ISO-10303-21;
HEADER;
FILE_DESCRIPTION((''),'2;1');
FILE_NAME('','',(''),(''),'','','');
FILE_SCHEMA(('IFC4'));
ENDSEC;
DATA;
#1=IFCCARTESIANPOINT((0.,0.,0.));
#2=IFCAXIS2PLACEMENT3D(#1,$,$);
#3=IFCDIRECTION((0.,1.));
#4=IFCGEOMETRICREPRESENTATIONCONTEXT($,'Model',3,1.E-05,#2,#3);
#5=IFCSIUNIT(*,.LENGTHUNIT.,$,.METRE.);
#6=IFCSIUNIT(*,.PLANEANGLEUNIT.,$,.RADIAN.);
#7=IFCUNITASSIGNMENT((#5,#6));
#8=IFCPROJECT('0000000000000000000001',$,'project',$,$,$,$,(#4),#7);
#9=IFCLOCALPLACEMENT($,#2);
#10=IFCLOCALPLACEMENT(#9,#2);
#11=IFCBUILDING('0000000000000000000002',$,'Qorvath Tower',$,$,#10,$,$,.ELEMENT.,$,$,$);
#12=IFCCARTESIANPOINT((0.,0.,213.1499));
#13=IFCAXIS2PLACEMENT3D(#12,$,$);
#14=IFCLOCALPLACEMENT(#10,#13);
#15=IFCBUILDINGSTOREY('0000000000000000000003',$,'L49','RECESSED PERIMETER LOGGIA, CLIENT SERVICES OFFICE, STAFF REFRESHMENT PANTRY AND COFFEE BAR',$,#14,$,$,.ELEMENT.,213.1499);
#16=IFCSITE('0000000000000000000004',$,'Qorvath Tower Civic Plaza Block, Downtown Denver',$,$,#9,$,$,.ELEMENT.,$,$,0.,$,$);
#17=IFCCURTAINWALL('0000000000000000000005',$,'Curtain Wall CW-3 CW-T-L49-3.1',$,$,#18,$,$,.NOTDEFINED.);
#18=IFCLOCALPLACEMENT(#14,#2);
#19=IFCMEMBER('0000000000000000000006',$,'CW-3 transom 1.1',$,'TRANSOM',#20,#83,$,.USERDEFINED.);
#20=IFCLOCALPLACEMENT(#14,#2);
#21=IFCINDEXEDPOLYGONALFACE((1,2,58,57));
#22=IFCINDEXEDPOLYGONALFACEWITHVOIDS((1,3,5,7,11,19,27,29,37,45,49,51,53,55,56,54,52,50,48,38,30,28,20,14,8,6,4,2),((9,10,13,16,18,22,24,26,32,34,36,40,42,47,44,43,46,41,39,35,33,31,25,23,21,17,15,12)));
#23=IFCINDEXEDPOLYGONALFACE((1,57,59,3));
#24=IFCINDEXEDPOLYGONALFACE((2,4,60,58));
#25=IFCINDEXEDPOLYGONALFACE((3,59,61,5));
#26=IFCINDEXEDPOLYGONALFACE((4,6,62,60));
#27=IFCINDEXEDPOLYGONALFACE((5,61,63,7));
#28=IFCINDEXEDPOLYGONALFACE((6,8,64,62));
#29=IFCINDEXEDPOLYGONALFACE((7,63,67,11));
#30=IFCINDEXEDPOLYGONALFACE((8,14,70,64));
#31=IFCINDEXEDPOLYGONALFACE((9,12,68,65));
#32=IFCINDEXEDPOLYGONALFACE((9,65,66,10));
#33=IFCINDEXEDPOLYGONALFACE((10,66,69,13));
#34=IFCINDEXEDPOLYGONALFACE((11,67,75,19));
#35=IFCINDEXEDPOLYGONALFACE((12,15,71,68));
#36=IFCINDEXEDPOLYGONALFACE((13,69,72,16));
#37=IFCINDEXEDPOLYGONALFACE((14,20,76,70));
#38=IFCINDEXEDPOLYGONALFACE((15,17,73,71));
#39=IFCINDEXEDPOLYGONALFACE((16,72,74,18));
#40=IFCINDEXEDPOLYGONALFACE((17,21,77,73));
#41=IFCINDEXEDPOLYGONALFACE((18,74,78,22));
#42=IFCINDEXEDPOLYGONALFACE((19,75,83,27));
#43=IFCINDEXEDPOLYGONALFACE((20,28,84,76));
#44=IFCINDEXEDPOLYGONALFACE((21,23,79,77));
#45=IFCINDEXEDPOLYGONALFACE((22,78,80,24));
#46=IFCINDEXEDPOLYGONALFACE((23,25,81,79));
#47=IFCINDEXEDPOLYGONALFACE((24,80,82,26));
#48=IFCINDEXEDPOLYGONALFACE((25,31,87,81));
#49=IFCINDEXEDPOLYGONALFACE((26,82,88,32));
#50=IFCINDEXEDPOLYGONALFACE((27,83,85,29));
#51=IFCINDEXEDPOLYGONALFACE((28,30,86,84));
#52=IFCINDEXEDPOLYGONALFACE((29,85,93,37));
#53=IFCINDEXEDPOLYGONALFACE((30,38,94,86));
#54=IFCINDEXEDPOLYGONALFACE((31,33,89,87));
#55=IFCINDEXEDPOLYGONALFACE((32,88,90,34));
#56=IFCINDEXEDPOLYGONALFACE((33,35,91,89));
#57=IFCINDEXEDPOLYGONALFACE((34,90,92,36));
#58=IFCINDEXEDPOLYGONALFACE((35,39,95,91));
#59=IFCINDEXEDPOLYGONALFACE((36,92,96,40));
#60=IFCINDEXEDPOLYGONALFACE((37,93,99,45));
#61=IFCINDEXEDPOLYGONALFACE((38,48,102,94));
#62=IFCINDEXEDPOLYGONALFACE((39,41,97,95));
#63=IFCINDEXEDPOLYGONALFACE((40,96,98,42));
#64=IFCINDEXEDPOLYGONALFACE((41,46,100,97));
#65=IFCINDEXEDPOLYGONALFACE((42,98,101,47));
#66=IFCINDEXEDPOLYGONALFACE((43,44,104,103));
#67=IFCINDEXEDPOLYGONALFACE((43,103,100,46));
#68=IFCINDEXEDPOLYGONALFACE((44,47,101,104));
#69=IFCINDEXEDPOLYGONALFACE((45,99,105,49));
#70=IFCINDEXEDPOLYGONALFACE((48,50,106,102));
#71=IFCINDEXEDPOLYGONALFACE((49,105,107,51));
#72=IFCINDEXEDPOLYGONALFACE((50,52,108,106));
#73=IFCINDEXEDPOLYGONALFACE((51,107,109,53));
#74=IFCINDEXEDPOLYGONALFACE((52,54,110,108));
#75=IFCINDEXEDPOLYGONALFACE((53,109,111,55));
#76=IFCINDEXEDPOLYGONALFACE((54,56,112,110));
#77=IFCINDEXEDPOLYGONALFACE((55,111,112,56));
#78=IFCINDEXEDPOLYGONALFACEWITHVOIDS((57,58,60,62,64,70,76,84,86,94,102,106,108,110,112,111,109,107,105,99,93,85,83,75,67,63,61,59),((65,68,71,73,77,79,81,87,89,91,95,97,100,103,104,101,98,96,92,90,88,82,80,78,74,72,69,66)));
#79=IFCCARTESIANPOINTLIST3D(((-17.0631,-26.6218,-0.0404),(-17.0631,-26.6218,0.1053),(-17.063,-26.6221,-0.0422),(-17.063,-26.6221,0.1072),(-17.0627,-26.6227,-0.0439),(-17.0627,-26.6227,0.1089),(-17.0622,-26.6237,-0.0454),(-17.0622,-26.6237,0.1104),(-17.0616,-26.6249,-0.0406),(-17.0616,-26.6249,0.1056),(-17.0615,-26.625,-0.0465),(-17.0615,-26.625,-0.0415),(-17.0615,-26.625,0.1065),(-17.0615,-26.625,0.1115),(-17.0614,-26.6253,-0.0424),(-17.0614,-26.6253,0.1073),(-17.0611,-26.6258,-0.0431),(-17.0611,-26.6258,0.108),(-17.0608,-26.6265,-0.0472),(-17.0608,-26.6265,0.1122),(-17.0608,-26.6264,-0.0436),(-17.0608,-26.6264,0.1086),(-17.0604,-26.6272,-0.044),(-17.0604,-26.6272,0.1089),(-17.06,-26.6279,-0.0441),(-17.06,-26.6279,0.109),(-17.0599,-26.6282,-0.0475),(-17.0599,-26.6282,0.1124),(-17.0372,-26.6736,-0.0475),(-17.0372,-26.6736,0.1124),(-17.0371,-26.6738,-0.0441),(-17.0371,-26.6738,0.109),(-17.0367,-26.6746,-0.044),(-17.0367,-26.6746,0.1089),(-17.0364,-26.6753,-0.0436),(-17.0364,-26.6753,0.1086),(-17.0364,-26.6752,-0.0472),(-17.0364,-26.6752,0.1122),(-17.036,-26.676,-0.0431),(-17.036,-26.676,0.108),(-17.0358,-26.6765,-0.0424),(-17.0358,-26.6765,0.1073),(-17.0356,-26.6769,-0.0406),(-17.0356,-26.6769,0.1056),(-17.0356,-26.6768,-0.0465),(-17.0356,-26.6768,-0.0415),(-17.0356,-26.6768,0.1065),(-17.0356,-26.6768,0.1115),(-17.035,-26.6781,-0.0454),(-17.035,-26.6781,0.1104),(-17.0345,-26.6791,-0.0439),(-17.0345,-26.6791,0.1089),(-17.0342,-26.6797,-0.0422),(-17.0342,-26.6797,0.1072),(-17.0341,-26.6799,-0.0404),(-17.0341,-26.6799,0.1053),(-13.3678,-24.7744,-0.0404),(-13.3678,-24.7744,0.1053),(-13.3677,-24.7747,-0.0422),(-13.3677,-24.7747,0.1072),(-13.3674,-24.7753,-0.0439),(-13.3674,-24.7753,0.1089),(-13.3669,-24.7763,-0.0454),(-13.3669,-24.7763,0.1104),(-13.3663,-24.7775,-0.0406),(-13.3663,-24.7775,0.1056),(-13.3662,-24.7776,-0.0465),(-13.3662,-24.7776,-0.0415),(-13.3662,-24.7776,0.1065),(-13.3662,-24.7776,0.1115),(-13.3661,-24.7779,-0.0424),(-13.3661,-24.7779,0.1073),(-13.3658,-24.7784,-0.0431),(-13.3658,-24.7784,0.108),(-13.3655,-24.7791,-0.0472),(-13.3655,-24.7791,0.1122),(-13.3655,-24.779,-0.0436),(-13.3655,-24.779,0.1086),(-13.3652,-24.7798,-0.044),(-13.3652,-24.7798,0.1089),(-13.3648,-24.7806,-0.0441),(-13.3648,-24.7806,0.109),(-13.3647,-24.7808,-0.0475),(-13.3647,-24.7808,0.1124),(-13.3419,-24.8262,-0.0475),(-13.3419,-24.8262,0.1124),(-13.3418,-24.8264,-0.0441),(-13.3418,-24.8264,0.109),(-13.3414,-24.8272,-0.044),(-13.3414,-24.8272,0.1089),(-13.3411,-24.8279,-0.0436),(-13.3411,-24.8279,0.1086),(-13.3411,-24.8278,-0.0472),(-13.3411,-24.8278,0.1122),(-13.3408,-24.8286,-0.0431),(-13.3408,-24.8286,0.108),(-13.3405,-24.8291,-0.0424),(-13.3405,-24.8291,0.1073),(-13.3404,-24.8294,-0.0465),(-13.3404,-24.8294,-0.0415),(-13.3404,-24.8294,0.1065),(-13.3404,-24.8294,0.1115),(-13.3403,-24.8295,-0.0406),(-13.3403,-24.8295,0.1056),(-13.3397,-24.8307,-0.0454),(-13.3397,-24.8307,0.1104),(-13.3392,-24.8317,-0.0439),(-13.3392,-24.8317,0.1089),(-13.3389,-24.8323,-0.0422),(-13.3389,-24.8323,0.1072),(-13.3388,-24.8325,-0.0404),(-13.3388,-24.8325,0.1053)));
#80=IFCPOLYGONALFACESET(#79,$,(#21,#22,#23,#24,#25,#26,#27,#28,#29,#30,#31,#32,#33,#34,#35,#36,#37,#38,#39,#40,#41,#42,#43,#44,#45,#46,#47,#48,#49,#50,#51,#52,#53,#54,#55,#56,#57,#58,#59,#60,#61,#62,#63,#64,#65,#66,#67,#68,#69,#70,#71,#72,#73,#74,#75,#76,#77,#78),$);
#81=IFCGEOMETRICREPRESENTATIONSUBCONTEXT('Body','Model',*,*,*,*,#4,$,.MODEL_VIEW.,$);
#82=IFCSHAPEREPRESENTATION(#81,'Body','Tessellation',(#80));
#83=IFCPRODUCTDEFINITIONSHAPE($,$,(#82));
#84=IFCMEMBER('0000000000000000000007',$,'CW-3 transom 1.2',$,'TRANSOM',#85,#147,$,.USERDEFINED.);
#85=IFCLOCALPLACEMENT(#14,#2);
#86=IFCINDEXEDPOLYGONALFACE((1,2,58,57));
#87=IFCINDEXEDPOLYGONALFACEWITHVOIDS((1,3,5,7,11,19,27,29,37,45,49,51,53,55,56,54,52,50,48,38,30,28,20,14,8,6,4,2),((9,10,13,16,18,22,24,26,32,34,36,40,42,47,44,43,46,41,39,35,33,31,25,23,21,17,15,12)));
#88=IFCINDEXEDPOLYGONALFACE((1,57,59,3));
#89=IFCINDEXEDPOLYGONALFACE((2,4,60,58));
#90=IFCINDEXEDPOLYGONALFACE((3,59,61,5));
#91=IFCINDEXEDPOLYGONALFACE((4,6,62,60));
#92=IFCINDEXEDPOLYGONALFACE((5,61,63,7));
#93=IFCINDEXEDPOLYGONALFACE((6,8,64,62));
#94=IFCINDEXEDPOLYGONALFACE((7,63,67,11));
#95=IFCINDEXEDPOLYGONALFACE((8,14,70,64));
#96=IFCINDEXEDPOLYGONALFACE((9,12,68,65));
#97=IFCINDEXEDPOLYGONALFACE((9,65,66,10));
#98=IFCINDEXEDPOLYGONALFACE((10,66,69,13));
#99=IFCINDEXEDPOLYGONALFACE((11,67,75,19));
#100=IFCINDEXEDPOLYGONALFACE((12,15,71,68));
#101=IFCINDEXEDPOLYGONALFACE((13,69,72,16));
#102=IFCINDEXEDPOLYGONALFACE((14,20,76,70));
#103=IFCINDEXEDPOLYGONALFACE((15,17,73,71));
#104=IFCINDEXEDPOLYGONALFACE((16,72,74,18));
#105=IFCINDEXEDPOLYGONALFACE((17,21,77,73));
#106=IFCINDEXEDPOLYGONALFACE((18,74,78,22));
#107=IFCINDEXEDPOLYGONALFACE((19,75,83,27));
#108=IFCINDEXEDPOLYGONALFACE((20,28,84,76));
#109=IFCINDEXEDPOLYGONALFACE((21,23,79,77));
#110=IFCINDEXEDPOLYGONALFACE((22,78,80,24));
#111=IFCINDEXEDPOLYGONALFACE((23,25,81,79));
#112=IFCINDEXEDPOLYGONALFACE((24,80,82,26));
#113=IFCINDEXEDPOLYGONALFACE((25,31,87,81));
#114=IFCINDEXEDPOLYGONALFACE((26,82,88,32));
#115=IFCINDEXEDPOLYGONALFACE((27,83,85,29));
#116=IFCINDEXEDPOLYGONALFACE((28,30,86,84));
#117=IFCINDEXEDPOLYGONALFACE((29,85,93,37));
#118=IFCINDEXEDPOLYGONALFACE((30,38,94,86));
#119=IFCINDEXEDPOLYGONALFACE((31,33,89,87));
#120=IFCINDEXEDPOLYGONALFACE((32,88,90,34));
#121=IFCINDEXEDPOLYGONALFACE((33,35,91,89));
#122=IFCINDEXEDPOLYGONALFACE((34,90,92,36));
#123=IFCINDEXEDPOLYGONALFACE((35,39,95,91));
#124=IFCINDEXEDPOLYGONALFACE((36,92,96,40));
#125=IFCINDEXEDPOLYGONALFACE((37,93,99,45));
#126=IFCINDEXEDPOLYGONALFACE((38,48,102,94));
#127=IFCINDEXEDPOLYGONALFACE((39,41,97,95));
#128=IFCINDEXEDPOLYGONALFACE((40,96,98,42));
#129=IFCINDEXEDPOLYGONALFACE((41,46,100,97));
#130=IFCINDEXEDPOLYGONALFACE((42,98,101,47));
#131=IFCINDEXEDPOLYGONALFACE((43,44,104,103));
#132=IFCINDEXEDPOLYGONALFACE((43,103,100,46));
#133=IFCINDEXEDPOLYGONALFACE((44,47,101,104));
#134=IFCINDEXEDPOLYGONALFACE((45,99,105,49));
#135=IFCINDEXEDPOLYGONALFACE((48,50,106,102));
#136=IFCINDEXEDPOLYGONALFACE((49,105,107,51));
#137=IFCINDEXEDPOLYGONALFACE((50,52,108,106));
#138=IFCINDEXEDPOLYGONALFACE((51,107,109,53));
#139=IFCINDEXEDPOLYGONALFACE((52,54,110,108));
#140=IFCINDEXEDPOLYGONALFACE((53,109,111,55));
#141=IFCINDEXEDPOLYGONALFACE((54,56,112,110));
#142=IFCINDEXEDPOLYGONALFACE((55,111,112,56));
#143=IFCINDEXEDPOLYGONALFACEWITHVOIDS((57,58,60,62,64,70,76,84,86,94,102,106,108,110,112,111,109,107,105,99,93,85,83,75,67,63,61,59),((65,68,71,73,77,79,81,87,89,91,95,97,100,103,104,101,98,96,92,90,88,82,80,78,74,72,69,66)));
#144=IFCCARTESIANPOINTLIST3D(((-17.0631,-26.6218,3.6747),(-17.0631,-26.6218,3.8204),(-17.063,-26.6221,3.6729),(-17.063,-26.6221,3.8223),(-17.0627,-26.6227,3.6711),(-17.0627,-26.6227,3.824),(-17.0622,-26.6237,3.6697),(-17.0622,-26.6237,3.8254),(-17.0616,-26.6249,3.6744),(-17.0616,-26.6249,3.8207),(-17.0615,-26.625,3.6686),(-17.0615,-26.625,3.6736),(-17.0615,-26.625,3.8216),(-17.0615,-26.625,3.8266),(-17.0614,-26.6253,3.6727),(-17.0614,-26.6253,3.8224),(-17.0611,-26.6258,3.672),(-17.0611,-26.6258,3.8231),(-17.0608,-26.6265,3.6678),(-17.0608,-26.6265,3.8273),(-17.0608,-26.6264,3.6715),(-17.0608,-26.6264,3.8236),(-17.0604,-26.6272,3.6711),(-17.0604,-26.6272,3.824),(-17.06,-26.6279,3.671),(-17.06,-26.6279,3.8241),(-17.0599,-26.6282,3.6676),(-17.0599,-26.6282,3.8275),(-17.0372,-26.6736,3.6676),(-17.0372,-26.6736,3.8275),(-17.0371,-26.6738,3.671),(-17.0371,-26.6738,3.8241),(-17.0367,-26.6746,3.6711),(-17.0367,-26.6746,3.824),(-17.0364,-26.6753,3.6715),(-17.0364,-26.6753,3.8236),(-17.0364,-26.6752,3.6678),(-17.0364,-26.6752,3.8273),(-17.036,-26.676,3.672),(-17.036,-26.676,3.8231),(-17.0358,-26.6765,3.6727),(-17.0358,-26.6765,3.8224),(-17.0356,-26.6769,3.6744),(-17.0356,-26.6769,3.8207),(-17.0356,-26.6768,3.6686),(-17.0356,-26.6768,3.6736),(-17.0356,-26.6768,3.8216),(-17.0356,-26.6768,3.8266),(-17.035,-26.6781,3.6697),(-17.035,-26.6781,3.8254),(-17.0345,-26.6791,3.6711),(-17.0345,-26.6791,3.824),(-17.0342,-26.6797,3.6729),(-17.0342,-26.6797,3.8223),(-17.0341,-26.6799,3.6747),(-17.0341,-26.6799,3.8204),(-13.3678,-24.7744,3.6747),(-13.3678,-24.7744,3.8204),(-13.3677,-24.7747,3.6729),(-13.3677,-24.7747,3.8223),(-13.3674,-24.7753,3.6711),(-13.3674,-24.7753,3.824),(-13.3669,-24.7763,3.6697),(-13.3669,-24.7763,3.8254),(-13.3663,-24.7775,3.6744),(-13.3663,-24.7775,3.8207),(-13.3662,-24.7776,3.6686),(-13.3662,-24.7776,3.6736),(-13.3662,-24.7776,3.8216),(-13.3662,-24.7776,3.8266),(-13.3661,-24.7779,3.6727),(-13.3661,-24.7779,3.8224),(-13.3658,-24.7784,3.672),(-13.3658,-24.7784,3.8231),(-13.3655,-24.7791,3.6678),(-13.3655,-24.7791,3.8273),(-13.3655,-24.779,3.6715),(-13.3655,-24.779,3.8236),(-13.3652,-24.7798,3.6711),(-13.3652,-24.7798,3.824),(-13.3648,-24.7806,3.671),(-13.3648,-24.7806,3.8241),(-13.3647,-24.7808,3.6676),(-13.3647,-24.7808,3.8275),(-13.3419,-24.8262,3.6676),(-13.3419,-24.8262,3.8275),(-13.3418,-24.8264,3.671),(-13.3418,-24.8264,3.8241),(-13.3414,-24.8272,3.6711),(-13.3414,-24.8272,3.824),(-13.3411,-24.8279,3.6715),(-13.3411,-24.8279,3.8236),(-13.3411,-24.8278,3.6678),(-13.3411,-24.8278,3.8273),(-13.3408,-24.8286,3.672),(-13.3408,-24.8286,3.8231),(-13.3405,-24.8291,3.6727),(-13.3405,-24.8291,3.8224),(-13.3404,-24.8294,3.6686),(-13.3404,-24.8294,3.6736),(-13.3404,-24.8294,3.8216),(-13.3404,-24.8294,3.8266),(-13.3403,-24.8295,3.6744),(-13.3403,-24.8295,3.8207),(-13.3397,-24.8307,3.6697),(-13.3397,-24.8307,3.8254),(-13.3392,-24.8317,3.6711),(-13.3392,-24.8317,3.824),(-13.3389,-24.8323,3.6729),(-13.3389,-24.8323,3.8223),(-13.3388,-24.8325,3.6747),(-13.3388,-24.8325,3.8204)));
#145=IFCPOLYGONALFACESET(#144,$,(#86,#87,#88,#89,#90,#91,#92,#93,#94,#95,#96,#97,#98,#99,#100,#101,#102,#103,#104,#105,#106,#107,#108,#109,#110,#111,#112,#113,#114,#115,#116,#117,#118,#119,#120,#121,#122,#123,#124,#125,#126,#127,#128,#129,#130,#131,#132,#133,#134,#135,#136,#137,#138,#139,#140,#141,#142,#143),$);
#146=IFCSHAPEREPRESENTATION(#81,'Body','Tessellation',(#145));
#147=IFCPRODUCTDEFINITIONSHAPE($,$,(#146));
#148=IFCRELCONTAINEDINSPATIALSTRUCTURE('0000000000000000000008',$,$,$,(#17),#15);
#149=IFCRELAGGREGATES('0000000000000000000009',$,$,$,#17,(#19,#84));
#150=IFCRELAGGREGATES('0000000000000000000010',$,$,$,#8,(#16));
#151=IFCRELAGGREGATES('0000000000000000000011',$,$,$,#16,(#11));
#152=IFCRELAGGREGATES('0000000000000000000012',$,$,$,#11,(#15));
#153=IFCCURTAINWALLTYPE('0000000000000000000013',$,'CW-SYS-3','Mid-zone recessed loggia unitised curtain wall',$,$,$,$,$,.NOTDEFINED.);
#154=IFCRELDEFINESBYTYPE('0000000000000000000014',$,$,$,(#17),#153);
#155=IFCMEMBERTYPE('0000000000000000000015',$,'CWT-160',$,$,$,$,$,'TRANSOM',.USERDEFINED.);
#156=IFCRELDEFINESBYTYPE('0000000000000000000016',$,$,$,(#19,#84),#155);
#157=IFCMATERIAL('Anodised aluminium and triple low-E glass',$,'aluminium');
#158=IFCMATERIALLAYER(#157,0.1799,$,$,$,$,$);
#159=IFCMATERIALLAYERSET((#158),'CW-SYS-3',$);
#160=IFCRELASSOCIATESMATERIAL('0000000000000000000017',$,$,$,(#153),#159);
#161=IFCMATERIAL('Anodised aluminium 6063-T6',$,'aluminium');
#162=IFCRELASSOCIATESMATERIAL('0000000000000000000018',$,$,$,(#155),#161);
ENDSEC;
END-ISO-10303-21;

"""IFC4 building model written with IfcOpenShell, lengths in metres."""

from ifc_helpers import new_model, si_unit, direction, frame, origin, origin_2d, place, context, subcontext, project, spatial, hollow_rectangle, extrude, material, layer, layer_set, material_profile, profile_set, type_object, element, aggregate, save


model = new_model("IFC4")

# Units and contexts
model_context = context("Model", 3, precision=1e-05, world=origin(), true_north=direction((0.0, 1.0)))
body_context = subcontext(model_context, "Body", "Model", "MODEL_VIEW")
ifc_project = project(units=[si_unit("LENGTHUNIT", "METRE"), si_unit("PLANEANGLEUNIT", "RADIAN")], contexts=[model_context])

# Site, building, storey
site_placement = place(None, origin())
site = spatial("IfcSite", under=ifc_project, at=site_placement, Name="Qorvath Tower Civic Plaza Block, Downtown Denver", CompositionType="ELEMENT", RefElevation=0.0)
building_placement = place(site_placement, origin())
building = spatial("IfcBuilding", under=site, at=building_placement, Name="Qorvath Tower", CompositionType="ELEMENT")
storey_placement = place(building_placement, frame((0.0, 0.0, 213.1499)))
storey = spatial("IfcBuildingStorey", under=building, at=storey_placement, Name="L49", Description="RECESSED PERIMETER LOGGIA, CLIENT SERVICES OFFICE, STAFF REFRESHMENT PANTRY AND COFFEE BAR", CompositionType="ELEMENT", Elevation=213.1499)

# Shared definitions
ifc_material_1 = material(Name="Anodised aluminium and triple low-E glass", Category="aluminium")
ifc_layer_1 = layer(ifc_material_1, 0.1799)
ifc_layer_set_1 = layer_set([ifc_layer_1], Name="CW-SYS-3")
curtain_wall_type = type_object("IfcCurtainWallType", Name="CW-SYS-3", Description="Mid-zone recessed loggia unitised curtain wall", PredefinedType="NOTDEFINED", material=ifc_layer_set_1)

# Curtain wall
curtain_wall_1_placement = place(storey_placement, origin())
curtain_wall_1 = element("IfcCurtainWall", 1, at=curtain_wall_1_placement, inside=storey, type_object=curtain_wall_type, Name="Curtain Wall CW-3 CW-T-L49-3.1", PredefinedType="NOTDEFINED")

# Members
ifc_material_2 = material(Name="Anodised aluminium 6063-T6", Category="aluminium")
ifc_material_profile_1 = material_profile(ifc_material_2, hollow_rectangle(XDim=0.0649, YDim=0.1599, WallThickness=0.0034, InnerFilletRadius=0.0034, OuterFilletRadius=0.0071, at=origin_2d()), Name="CWT 160x65")
ifc_profile_set_1 = profile_set([ifc_material_profile_1], Name="Anodised aluminium 6063-T6")
member_type_1 = type_object("IfcMemberType", Name="CWT-160", ElementType="TRANSOM", PredefinedType="USERDEFINED", material=ifc_profile_set_1)
member_1_placement = place(storey_placement, frame((-17.0486, -26.6509, 0.0325), z_axis=(0.894451, 0.447166, 0.0), x_axis=(-0.447166, 0.894451, 0.0)))
member_1 = element("IfcMember", 2, at=member_1_placement, type_object=member_type_1, Name="CW-3 transom 1.1", ObjectType="TRANSOM", PredefinedType="USERDEFINED", context=body_context, shape_type="SweptSolid", body=[
    extrude(hollow_rectangle(XDim=0.0649, YDim=0.1599, WallThickness=0.0034, InnerFilletRadius=0.0034, OuterFilletRadius=0.0071, at=origin_2d()), origin(), (0.0, 0.0, 1.0), 4.1313),
])
member_2_placement = place(storey_placement, frame((-17.0486, -26.6509, 3.7476), z_axis=(0.894451, 0.447166, 0.0), x_axis=(-0.447166, 0.894451, 0.0)))
member_2 = element("IfcMember", 3, at=member_2_placement, type_object=member_type_1, Name="CW-3 transom 1.2", ObjectType="TRANSOM", PredefinedType="USERDEFINED", context=body_context, shape_type="SweptSolid", body=[
    extrude(hollow_rectangle(XDim=0.0649, YDim=0.1599, WallThickness=0.0034, InnerFilletRadius=0.0034, OuterFilletRadius=0.0071, at=origin_2d()), origin(), (0.0, 0.0, 1.0), 4.1313),
])

aggregate(curtain_wall_1, [member_1, member_2])

save(model, "model.ifc")
